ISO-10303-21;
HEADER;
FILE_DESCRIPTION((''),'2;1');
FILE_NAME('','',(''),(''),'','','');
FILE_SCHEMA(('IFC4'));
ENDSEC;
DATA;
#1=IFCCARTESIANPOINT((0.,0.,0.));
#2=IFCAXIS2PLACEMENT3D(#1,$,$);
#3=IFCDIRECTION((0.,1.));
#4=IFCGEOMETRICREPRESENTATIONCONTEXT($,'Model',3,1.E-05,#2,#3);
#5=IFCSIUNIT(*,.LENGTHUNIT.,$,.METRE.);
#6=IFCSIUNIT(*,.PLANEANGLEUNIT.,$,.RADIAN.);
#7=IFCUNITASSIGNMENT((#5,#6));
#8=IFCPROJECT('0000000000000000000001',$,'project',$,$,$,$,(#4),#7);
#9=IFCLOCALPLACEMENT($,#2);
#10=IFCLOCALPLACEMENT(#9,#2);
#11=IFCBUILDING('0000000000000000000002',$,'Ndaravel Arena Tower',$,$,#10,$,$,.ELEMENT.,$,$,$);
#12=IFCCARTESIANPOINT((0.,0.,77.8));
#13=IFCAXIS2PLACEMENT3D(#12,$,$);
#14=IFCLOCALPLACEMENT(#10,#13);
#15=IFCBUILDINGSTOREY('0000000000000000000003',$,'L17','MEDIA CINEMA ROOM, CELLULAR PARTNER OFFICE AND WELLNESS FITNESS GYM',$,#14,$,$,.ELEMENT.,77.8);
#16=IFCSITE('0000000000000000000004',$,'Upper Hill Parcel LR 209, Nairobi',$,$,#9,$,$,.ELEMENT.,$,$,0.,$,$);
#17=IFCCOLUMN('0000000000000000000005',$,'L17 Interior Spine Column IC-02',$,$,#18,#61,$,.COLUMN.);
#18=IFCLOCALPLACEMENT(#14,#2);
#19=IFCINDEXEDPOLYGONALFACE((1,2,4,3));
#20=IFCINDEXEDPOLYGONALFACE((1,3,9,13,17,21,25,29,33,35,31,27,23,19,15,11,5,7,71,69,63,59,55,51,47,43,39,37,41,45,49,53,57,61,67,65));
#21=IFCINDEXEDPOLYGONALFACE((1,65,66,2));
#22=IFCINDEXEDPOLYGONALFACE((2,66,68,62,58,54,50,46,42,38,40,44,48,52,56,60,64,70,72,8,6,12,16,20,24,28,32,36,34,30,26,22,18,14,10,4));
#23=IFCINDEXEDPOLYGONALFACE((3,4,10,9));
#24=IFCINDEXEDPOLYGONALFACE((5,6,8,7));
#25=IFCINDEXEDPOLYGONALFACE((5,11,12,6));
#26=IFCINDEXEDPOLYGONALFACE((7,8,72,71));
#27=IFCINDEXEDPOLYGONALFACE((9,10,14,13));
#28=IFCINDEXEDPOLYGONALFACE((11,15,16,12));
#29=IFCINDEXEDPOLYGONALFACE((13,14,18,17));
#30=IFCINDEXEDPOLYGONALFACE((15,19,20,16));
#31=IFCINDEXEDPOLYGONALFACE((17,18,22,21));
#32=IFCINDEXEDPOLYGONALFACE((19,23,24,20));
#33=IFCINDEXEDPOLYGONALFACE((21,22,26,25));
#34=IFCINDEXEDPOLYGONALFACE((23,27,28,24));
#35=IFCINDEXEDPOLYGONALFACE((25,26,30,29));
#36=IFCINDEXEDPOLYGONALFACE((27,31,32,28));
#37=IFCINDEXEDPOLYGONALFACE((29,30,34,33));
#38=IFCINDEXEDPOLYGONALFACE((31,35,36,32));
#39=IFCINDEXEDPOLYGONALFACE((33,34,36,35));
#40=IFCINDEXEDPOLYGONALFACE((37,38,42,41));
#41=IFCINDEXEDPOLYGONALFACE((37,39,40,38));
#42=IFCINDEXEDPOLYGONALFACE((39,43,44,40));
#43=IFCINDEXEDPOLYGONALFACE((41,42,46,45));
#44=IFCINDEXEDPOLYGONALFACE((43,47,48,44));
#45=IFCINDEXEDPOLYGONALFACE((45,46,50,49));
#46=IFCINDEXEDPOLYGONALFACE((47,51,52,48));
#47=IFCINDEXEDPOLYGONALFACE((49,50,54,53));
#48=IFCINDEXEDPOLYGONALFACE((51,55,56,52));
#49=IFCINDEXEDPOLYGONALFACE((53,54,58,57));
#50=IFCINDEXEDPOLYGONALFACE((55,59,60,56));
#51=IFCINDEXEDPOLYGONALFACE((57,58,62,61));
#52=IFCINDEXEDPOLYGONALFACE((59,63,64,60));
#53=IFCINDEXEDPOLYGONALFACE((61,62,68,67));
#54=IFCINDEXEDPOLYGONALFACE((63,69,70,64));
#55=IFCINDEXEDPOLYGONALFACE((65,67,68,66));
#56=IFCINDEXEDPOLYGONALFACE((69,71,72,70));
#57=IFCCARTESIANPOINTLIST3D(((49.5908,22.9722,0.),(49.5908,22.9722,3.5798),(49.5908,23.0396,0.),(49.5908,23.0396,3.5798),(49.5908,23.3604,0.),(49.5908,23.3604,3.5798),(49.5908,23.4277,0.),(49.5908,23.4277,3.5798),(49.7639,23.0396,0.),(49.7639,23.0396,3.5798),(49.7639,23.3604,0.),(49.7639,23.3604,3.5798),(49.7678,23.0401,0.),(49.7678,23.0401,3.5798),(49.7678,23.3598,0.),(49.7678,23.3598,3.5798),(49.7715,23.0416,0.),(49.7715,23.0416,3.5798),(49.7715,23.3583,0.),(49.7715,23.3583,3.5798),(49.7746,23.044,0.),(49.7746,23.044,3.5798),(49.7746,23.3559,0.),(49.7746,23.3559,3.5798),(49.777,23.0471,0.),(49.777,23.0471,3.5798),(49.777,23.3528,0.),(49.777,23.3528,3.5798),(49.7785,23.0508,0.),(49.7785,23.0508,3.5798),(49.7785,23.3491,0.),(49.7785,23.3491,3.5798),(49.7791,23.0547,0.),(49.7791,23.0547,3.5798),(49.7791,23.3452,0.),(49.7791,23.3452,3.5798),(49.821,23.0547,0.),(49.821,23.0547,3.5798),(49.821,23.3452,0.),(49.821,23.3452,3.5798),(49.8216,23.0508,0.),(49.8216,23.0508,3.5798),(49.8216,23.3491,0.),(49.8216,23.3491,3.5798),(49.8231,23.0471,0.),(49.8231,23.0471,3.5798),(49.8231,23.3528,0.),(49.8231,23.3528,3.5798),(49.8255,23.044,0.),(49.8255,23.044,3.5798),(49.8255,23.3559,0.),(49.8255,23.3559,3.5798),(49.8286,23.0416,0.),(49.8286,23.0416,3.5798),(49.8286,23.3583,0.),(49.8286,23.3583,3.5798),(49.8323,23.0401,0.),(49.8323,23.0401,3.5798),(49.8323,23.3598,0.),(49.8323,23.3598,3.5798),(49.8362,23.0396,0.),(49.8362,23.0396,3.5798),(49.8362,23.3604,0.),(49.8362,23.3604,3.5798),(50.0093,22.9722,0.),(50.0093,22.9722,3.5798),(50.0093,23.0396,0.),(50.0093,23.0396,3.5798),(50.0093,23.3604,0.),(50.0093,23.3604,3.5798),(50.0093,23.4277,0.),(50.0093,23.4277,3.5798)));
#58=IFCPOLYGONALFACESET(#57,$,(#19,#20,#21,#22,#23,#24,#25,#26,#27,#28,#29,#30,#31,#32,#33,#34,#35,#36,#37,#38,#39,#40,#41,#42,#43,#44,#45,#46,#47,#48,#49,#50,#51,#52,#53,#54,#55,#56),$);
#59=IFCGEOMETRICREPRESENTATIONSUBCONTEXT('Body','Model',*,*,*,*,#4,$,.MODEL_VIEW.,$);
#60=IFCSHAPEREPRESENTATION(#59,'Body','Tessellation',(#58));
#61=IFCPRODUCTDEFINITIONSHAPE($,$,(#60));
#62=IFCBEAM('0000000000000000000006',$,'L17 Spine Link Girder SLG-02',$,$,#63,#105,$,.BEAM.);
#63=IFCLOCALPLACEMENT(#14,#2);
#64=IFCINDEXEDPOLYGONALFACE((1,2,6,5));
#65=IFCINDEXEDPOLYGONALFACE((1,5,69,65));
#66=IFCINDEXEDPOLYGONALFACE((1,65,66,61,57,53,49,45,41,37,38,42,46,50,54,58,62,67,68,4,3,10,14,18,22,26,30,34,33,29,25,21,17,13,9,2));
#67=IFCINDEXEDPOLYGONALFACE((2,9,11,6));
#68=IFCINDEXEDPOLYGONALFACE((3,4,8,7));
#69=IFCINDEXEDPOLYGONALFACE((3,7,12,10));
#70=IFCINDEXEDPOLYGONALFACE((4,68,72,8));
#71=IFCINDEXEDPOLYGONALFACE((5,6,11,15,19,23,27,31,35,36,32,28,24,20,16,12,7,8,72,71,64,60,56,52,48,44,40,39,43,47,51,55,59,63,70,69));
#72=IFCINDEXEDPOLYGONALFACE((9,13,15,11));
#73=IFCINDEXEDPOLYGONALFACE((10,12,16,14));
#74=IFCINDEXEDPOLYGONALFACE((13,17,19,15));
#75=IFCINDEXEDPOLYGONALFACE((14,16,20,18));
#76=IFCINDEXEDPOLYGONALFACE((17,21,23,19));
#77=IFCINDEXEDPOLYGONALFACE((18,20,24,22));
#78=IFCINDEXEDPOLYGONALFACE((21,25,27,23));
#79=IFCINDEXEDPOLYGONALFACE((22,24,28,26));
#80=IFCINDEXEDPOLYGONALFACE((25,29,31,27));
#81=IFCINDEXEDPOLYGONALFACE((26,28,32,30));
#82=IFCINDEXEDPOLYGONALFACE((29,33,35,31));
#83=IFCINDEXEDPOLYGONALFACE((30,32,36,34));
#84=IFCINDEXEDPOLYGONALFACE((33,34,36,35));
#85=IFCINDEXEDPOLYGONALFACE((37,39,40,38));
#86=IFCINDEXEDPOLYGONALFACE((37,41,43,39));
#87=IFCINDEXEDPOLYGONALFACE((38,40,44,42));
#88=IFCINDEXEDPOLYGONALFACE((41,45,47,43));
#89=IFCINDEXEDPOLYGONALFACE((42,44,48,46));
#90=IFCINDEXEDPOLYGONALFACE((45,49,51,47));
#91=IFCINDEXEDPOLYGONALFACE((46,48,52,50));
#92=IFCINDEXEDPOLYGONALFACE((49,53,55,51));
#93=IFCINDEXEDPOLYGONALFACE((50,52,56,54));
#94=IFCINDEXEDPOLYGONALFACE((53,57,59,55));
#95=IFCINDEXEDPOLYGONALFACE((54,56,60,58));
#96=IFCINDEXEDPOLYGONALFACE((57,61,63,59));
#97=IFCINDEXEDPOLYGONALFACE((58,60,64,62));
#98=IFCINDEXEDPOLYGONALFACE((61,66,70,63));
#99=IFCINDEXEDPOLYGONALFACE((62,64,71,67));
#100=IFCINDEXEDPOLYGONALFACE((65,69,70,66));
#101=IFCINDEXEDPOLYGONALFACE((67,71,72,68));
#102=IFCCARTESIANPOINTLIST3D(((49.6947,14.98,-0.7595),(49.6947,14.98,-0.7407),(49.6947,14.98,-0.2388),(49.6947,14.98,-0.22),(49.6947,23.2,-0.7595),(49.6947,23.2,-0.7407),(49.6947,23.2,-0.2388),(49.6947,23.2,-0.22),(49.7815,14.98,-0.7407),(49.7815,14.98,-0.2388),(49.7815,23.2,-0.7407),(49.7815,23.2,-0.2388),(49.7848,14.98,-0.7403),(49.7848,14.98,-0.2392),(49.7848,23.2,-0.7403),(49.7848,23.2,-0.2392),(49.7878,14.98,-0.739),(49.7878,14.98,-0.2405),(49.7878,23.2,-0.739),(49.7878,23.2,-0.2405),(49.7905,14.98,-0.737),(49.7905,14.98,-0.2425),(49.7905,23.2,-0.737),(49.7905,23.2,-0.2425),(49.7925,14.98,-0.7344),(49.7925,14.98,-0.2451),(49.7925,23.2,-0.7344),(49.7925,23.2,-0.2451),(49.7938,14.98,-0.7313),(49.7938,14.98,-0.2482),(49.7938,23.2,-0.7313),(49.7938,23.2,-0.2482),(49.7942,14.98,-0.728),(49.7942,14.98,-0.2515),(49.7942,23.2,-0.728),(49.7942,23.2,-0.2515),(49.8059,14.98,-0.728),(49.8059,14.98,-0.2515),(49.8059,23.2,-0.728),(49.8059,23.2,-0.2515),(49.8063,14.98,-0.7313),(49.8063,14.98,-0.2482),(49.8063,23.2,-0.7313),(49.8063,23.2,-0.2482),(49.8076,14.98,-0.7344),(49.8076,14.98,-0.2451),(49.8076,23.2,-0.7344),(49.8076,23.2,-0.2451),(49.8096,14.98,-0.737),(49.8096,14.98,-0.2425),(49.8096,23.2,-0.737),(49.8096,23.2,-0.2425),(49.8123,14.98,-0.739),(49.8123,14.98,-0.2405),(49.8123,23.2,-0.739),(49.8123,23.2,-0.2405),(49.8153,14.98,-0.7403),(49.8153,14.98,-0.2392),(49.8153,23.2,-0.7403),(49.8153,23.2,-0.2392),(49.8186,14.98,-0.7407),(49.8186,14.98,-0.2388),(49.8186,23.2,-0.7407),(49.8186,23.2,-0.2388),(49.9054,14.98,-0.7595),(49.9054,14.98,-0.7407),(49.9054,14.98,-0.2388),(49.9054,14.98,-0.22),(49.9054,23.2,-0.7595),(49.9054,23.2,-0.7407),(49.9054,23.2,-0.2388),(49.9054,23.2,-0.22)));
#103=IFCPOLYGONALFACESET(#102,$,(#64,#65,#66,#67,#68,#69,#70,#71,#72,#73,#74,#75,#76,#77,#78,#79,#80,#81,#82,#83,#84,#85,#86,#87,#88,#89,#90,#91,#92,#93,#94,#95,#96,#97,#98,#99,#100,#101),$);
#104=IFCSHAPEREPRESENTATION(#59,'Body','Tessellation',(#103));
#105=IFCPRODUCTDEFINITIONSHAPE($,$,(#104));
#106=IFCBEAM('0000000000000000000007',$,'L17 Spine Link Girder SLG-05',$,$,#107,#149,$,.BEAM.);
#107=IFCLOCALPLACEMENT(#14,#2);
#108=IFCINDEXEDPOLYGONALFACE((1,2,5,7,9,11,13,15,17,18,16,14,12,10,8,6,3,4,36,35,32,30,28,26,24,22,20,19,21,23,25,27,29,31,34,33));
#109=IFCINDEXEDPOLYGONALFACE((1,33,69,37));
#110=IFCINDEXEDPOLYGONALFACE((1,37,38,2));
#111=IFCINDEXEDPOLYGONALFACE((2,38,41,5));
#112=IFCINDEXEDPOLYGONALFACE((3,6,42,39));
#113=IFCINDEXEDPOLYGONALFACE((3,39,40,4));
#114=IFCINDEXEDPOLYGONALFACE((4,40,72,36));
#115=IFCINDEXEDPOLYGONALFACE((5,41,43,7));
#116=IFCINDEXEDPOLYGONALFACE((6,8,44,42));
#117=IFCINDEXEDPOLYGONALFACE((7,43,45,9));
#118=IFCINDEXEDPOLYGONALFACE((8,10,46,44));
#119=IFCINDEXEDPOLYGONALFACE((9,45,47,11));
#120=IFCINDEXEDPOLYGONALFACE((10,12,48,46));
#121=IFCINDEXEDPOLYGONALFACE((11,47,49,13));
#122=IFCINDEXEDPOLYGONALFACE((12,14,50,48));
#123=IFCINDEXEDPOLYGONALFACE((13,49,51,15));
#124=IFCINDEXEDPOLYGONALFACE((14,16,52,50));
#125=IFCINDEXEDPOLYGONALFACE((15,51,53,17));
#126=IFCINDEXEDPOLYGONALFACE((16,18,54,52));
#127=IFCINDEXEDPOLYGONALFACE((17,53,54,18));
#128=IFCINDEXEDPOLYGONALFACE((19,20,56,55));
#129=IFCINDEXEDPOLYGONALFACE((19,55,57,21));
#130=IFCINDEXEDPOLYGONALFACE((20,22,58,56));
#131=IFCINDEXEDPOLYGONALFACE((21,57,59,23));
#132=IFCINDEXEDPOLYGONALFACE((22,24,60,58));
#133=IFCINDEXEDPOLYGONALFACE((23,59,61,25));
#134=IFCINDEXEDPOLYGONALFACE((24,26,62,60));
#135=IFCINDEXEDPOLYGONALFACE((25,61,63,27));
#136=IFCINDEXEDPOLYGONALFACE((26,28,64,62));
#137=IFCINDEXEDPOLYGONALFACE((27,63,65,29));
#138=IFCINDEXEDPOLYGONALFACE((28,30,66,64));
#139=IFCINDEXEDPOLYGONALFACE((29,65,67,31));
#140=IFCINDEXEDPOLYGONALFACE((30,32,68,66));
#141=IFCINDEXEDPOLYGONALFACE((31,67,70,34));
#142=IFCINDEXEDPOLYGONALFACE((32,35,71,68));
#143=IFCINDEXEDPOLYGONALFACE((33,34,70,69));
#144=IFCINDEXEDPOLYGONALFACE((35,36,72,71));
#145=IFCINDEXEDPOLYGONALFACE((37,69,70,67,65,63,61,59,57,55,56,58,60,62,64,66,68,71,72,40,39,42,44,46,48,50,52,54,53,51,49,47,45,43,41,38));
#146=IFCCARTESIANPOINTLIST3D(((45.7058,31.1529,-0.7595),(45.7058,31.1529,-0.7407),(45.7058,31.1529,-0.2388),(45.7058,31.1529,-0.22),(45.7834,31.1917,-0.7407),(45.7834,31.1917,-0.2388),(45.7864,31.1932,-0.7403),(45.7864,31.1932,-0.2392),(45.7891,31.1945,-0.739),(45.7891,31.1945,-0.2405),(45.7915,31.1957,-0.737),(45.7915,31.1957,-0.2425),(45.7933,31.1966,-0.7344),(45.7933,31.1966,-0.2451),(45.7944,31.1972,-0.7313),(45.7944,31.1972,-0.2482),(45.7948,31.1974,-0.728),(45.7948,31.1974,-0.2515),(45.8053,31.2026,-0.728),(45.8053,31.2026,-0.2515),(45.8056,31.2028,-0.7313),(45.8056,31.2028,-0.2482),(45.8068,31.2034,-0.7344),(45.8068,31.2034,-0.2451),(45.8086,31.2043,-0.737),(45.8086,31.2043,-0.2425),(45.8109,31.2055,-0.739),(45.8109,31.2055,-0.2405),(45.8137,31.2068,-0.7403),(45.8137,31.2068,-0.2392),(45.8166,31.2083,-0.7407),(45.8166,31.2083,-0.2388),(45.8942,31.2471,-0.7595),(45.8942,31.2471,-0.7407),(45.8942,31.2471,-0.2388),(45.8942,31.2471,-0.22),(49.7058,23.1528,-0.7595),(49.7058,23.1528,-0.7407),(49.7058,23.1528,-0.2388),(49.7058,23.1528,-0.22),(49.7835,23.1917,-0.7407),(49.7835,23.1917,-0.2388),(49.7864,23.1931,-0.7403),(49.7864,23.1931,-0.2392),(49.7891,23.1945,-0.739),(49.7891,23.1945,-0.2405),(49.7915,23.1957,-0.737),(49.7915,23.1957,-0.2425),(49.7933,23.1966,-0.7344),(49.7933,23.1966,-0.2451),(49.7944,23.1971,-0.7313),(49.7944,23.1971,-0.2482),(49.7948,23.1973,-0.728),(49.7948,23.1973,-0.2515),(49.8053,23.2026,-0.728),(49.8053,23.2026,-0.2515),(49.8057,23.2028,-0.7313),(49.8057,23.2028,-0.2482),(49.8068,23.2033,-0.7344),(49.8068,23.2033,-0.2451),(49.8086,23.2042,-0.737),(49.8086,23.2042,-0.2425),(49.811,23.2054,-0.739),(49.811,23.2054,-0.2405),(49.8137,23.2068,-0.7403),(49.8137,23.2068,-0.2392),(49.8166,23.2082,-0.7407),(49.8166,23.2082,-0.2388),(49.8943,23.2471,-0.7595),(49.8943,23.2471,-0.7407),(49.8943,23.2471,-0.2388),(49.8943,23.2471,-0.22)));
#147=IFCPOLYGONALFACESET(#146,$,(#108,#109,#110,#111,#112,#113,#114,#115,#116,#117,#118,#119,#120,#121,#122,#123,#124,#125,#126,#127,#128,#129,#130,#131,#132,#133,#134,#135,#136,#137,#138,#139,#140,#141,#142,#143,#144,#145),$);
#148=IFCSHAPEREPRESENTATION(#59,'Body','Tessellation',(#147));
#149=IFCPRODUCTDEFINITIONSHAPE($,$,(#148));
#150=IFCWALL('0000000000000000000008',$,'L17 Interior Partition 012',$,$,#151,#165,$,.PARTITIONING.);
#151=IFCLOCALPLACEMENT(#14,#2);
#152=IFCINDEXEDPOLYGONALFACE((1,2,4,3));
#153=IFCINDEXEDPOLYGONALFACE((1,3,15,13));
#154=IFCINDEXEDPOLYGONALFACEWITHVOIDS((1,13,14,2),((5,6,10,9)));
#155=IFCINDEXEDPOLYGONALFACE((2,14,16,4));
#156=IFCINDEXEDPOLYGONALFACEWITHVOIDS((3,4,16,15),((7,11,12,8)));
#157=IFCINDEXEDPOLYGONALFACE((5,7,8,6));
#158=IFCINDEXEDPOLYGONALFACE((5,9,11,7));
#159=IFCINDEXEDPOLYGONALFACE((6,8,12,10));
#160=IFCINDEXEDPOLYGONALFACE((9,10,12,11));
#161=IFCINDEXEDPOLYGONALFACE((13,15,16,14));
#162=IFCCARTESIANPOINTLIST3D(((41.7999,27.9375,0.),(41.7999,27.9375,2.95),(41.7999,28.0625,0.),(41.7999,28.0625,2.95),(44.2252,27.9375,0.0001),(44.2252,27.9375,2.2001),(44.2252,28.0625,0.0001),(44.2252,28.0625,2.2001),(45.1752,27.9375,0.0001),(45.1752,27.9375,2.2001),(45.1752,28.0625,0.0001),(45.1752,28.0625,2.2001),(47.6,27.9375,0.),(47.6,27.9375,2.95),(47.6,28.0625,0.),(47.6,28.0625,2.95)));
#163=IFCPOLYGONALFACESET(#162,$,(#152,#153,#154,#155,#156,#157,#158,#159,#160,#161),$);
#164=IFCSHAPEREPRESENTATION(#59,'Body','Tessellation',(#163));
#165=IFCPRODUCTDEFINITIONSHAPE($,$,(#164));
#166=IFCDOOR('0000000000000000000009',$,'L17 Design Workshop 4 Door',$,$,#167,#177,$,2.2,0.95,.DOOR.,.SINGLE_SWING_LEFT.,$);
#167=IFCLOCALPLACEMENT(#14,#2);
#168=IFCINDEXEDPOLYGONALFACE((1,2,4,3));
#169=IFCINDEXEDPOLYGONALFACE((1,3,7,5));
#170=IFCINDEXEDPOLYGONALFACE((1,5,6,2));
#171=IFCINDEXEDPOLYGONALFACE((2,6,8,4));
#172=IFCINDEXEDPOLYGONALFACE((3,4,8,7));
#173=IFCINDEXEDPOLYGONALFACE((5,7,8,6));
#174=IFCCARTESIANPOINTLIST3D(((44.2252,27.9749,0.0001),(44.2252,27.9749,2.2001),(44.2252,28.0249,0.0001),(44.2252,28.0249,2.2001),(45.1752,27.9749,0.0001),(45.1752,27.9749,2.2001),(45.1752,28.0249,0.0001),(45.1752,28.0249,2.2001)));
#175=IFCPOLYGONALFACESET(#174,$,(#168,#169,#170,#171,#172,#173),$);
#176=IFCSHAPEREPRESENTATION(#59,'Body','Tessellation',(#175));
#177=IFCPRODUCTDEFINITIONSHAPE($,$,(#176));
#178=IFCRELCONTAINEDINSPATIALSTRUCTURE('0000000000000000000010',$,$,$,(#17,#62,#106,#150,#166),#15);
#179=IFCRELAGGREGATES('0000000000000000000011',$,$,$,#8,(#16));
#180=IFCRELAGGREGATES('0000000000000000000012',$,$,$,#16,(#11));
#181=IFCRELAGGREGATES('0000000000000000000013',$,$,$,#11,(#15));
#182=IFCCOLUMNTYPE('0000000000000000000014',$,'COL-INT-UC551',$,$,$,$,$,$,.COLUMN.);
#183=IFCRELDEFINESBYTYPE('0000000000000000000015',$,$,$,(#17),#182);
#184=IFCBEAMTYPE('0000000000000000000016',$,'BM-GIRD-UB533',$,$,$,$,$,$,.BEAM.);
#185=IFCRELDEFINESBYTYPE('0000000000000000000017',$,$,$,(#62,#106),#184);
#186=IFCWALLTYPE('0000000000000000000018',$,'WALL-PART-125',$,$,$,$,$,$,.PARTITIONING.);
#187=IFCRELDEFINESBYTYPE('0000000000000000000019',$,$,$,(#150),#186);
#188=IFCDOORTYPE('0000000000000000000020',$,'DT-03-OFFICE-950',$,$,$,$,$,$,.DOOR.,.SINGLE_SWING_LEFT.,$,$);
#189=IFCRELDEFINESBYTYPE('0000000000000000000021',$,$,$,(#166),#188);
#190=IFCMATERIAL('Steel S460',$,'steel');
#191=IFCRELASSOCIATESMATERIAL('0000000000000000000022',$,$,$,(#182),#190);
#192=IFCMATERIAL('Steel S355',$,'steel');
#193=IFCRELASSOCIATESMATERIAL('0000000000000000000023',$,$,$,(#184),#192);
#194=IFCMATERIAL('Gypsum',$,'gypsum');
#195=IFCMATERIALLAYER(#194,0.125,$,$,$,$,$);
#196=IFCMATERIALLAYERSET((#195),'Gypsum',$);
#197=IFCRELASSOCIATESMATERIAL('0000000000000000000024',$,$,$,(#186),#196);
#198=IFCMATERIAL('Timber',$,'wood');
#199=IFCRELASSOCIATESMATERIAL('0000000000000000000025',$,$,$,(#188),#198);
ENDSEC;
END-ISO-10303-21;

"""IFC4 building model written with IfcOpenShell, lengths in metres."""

from ifc_helpers import new_model, si_unit, direction, frame, frame_2d, origin, origin_2d, place, context, subcontext, project, spatial, rectangle, i_section, extrude, material, layer, layer_set, material_profile, profile_set, type_object, element, fill, save


model = new_model("IFC4")

# Units and contexts
model_context = context("Model", 3, precision=1e-05, world=origin(), true_north=direction((0.0, 1.0)))
body_context = subcontext(model_context, "Body", "Model", "MODEL_VIEW")
ifc_project = project(units=[si_unit("LENGTHUNIT", "METRE"), si_unit("PLANEANGLEUNIT", "RADIAN")], contexts=[model_context])

# Site, building, storey
site_placement = place(None, origin())
site = spatial("IfcSite", under=ifc_project, at=site_placement, Name="Upper Hill Parcel LR 209, Nairobi", CompositionType="ELEMENT", RefElevation=0.0)
building_placement = place(site_placement, origin())
building = spatial("IfcBuilding", under=site, at=building_placement, Name="Ndaravel Arena Tower", CompositionType="ELEMENT")
storey_placement = place(building_placement, frame((0.0, 0.0, 77.8)))
storey = spatial("IfcBuildingStorey", under=building, at=storey_placement, Name="L17", Description="MEDIA CINEMA ROOM, CELLULAR PARTNER OFFICE AND WELLNESS FITNESS GYM", CompositionType="ELEMENT", Elevation=77.8)

# Column
ifc_material_1 = material(Name="Steel S460", Category="steel")
ifc_material_profile_1 = material_profile(ifc_material_1, i_section(OverallWidth=0.4185, OverallDepth=0.4556, WebThickness=0.042, FlangeThickness=0.0674, FilletRadius=0.0151, at=origin_2d()), Name="UC 356x406x551")
ifc_profile_set_1 = profile_set([ifc_material_profile_1], Name="Steel S460")
column_type = type_object("IfcColumnType", Name="COL-INT-UC551", PredefinedType="COLUMN", material=ifc_profile_set_1)
column_placement = place(storey_placement, frame((49.8, 23.2, 0.0), z_axis=(0.0, 0.0, 1.0), x_axis=(1.0, 0.0, 0.0)))
element("IfcColumn", 1, at=column_placement, inside=storey, type_object=column_type, Name="L17 Interior Spine Column IC-02", PredefinedType="COLUMN", context=body_context, shape_type="SweptSolid", body=[
    extrude(i_section(OverallWidth=0.4185, OverallDepth=0.4556, WebThickness=0.042, FlangeThickness=0.0674, FilletRadius=0.0151, at=origin_2d()), origin(), (0.0, 0.0, 1.0), 3.5798),
])

# Beams
ifc_material_2 = material(Name="Steel S355", Category="steel")
ifc_material_profile_2 = material_profile(ifc_material_2, i_section(OverallWidth=0.2107, OverallDepth=0.5396, WebThickness=0.0117, FlangeThickness=0.0188, FilletRadius=0.0127, at=origin_2d()), Name="UB 533x210x109")
ifc_profile_set_2 = profile_set([ifc_material_profile_2], Name="Steel S355")
beam_type = type_object("IfcBeamType", Name="BM-GIRD-UB533", PredefinedType="BEAM", material=ifc_profile_set_2)
beam_1_placement = place(storey_placement, frame((49.8, 14.98, -0.4897), z_axis=(0.0, 1.0, 0.0), x_axis=(-1.0, 0.0, 0.0)))
element("IfcBeam", 2, at=beam_1_placement, inside=storey, type_object=beam_type, Name="L17 Spine Link Girder SLG-02", PredefinedType="BEAM", context=body_context, shape_type="SweptSolid", body=[
    extrude(i_section(OverallWidth=0.2107, OverallDepth=0.5396, WebThickness=0.0117, FlangeThickness=0.0188, FilletRadius=0.0127, at=origin_2d()), origin(), (0.0, 0.0, 1.0), 8.22),
])
beam_2_placement = place(storey_placement, frame((49.8, 23.2, -0.4897), z_axis=(-0.447214, 0.894427, 0.0), x_axis=(-0.894427, -0.447214, 0.0)))
element("IfcBeam", 3, at=beam_2_placement, inside=storey, type_object=beam_type, Name="L17 Spine Link Girder SLG-05", PredefinedType="BEAM", context=body_context, shape_type="SweptSolid", body=[
    extrude(i_section(OverallWidth=0.2107, OverallDepth=0.5396, WebThickness=0.0117, FlangeThickness=0.0188, FilletRadius=0.0127, at=origin_2d()), origin(), (0.0, 0.0, 1.0), 8.9443),
])

# Wall, opening, door
ifc_material_3 = material(Name="Gypsum", Category="gypsum")
ifc_layer_1 = layer(ifc_material_3, 0.125)
ifc_layer_set_1 = layer_set([ifc_layer_1], Name="Gypsum")
wall_type_1 = type_object("IfcWallType", Name="WALL-PART-125", PredefinedType="PARTITIONING", material=ifc_layer_set_1)
wall_1_placement = place(storey_placement, frame((41.8, 28.0, 0.0), z_axis=(0.0, 0.0, 1.0), x_axis=(1.0, 0.0, 0.0)))
wall_1 = element("IfcWall", 4, at=wall_1_placement, inside=storey, type_object=wall_type_1, Name="L17 Interior Partition 012", PredefinedType="PARTITIONING", context=body_context, shape_type="SweptSolid", body=[
    extrude(rectangle(XDim=5.8, YDim=0.125, at=frame_2d((2.8999, 0.0))), origin(), (0.0, 0.0, 1.0), 2.95),
])
opening_1_placement = place(wall_1_placement, frame((2.425, 0.0, 0.0)))
opening_1 = element("IfcOpeningElement", 5, at=opening_1_placement, cuts=wall_1, PredefinedType="OPENING", context=body_context, shape_type="SweptSolid", body=[
    extrude(rectangle(XDim=0.95, YDim=2.2, at=frame_2d((0.4751, 1.1001))), frame((0.0, 0.0625, 0.0), z_axis=(0.0, -1.0, 0.0), x_axis=(1.0, 0.0, 0.0)), (0.0, 0.0, 1.0), 0.125),
])
ifc_material_4 = material(Name="Timber", Category="wood")
door_type_1 = type_object("IfcDoorType", Name="DT-03-OFFICE-950", OperationType="SINGLE_SWING_LEFT", PredefinedType="DOOR", material=ifc_material_4)
door_1_placement = place(opening_1_placement, origin())
door_1 = element("IfcDoor", 6, at=door_1_placement, inside=storey, type_object=door_type_1, Name="L17 Design Workshop 4 Door", OperationType="SINGLE_SWING_LEFT", OverallHeight=2.2, OverallWidth=0.95, PredefinedType="DOOR", context=body_context, shape_type="SweptSolid", body=[
    extrude(rectangle(XDim=0.95, YDim=2.2, at=frame_2d((0.4751, 1.1001))), frame((0.0, 0.0249, 0.0), z_axis=(0.0, -1.0, 0.0), x_axis=(1.0, 0.0, 0.0)), (0.0, 0.0, 1.0), 0.05),
])
fill(opening_1, door_1)

save(model, "model.ifc")
